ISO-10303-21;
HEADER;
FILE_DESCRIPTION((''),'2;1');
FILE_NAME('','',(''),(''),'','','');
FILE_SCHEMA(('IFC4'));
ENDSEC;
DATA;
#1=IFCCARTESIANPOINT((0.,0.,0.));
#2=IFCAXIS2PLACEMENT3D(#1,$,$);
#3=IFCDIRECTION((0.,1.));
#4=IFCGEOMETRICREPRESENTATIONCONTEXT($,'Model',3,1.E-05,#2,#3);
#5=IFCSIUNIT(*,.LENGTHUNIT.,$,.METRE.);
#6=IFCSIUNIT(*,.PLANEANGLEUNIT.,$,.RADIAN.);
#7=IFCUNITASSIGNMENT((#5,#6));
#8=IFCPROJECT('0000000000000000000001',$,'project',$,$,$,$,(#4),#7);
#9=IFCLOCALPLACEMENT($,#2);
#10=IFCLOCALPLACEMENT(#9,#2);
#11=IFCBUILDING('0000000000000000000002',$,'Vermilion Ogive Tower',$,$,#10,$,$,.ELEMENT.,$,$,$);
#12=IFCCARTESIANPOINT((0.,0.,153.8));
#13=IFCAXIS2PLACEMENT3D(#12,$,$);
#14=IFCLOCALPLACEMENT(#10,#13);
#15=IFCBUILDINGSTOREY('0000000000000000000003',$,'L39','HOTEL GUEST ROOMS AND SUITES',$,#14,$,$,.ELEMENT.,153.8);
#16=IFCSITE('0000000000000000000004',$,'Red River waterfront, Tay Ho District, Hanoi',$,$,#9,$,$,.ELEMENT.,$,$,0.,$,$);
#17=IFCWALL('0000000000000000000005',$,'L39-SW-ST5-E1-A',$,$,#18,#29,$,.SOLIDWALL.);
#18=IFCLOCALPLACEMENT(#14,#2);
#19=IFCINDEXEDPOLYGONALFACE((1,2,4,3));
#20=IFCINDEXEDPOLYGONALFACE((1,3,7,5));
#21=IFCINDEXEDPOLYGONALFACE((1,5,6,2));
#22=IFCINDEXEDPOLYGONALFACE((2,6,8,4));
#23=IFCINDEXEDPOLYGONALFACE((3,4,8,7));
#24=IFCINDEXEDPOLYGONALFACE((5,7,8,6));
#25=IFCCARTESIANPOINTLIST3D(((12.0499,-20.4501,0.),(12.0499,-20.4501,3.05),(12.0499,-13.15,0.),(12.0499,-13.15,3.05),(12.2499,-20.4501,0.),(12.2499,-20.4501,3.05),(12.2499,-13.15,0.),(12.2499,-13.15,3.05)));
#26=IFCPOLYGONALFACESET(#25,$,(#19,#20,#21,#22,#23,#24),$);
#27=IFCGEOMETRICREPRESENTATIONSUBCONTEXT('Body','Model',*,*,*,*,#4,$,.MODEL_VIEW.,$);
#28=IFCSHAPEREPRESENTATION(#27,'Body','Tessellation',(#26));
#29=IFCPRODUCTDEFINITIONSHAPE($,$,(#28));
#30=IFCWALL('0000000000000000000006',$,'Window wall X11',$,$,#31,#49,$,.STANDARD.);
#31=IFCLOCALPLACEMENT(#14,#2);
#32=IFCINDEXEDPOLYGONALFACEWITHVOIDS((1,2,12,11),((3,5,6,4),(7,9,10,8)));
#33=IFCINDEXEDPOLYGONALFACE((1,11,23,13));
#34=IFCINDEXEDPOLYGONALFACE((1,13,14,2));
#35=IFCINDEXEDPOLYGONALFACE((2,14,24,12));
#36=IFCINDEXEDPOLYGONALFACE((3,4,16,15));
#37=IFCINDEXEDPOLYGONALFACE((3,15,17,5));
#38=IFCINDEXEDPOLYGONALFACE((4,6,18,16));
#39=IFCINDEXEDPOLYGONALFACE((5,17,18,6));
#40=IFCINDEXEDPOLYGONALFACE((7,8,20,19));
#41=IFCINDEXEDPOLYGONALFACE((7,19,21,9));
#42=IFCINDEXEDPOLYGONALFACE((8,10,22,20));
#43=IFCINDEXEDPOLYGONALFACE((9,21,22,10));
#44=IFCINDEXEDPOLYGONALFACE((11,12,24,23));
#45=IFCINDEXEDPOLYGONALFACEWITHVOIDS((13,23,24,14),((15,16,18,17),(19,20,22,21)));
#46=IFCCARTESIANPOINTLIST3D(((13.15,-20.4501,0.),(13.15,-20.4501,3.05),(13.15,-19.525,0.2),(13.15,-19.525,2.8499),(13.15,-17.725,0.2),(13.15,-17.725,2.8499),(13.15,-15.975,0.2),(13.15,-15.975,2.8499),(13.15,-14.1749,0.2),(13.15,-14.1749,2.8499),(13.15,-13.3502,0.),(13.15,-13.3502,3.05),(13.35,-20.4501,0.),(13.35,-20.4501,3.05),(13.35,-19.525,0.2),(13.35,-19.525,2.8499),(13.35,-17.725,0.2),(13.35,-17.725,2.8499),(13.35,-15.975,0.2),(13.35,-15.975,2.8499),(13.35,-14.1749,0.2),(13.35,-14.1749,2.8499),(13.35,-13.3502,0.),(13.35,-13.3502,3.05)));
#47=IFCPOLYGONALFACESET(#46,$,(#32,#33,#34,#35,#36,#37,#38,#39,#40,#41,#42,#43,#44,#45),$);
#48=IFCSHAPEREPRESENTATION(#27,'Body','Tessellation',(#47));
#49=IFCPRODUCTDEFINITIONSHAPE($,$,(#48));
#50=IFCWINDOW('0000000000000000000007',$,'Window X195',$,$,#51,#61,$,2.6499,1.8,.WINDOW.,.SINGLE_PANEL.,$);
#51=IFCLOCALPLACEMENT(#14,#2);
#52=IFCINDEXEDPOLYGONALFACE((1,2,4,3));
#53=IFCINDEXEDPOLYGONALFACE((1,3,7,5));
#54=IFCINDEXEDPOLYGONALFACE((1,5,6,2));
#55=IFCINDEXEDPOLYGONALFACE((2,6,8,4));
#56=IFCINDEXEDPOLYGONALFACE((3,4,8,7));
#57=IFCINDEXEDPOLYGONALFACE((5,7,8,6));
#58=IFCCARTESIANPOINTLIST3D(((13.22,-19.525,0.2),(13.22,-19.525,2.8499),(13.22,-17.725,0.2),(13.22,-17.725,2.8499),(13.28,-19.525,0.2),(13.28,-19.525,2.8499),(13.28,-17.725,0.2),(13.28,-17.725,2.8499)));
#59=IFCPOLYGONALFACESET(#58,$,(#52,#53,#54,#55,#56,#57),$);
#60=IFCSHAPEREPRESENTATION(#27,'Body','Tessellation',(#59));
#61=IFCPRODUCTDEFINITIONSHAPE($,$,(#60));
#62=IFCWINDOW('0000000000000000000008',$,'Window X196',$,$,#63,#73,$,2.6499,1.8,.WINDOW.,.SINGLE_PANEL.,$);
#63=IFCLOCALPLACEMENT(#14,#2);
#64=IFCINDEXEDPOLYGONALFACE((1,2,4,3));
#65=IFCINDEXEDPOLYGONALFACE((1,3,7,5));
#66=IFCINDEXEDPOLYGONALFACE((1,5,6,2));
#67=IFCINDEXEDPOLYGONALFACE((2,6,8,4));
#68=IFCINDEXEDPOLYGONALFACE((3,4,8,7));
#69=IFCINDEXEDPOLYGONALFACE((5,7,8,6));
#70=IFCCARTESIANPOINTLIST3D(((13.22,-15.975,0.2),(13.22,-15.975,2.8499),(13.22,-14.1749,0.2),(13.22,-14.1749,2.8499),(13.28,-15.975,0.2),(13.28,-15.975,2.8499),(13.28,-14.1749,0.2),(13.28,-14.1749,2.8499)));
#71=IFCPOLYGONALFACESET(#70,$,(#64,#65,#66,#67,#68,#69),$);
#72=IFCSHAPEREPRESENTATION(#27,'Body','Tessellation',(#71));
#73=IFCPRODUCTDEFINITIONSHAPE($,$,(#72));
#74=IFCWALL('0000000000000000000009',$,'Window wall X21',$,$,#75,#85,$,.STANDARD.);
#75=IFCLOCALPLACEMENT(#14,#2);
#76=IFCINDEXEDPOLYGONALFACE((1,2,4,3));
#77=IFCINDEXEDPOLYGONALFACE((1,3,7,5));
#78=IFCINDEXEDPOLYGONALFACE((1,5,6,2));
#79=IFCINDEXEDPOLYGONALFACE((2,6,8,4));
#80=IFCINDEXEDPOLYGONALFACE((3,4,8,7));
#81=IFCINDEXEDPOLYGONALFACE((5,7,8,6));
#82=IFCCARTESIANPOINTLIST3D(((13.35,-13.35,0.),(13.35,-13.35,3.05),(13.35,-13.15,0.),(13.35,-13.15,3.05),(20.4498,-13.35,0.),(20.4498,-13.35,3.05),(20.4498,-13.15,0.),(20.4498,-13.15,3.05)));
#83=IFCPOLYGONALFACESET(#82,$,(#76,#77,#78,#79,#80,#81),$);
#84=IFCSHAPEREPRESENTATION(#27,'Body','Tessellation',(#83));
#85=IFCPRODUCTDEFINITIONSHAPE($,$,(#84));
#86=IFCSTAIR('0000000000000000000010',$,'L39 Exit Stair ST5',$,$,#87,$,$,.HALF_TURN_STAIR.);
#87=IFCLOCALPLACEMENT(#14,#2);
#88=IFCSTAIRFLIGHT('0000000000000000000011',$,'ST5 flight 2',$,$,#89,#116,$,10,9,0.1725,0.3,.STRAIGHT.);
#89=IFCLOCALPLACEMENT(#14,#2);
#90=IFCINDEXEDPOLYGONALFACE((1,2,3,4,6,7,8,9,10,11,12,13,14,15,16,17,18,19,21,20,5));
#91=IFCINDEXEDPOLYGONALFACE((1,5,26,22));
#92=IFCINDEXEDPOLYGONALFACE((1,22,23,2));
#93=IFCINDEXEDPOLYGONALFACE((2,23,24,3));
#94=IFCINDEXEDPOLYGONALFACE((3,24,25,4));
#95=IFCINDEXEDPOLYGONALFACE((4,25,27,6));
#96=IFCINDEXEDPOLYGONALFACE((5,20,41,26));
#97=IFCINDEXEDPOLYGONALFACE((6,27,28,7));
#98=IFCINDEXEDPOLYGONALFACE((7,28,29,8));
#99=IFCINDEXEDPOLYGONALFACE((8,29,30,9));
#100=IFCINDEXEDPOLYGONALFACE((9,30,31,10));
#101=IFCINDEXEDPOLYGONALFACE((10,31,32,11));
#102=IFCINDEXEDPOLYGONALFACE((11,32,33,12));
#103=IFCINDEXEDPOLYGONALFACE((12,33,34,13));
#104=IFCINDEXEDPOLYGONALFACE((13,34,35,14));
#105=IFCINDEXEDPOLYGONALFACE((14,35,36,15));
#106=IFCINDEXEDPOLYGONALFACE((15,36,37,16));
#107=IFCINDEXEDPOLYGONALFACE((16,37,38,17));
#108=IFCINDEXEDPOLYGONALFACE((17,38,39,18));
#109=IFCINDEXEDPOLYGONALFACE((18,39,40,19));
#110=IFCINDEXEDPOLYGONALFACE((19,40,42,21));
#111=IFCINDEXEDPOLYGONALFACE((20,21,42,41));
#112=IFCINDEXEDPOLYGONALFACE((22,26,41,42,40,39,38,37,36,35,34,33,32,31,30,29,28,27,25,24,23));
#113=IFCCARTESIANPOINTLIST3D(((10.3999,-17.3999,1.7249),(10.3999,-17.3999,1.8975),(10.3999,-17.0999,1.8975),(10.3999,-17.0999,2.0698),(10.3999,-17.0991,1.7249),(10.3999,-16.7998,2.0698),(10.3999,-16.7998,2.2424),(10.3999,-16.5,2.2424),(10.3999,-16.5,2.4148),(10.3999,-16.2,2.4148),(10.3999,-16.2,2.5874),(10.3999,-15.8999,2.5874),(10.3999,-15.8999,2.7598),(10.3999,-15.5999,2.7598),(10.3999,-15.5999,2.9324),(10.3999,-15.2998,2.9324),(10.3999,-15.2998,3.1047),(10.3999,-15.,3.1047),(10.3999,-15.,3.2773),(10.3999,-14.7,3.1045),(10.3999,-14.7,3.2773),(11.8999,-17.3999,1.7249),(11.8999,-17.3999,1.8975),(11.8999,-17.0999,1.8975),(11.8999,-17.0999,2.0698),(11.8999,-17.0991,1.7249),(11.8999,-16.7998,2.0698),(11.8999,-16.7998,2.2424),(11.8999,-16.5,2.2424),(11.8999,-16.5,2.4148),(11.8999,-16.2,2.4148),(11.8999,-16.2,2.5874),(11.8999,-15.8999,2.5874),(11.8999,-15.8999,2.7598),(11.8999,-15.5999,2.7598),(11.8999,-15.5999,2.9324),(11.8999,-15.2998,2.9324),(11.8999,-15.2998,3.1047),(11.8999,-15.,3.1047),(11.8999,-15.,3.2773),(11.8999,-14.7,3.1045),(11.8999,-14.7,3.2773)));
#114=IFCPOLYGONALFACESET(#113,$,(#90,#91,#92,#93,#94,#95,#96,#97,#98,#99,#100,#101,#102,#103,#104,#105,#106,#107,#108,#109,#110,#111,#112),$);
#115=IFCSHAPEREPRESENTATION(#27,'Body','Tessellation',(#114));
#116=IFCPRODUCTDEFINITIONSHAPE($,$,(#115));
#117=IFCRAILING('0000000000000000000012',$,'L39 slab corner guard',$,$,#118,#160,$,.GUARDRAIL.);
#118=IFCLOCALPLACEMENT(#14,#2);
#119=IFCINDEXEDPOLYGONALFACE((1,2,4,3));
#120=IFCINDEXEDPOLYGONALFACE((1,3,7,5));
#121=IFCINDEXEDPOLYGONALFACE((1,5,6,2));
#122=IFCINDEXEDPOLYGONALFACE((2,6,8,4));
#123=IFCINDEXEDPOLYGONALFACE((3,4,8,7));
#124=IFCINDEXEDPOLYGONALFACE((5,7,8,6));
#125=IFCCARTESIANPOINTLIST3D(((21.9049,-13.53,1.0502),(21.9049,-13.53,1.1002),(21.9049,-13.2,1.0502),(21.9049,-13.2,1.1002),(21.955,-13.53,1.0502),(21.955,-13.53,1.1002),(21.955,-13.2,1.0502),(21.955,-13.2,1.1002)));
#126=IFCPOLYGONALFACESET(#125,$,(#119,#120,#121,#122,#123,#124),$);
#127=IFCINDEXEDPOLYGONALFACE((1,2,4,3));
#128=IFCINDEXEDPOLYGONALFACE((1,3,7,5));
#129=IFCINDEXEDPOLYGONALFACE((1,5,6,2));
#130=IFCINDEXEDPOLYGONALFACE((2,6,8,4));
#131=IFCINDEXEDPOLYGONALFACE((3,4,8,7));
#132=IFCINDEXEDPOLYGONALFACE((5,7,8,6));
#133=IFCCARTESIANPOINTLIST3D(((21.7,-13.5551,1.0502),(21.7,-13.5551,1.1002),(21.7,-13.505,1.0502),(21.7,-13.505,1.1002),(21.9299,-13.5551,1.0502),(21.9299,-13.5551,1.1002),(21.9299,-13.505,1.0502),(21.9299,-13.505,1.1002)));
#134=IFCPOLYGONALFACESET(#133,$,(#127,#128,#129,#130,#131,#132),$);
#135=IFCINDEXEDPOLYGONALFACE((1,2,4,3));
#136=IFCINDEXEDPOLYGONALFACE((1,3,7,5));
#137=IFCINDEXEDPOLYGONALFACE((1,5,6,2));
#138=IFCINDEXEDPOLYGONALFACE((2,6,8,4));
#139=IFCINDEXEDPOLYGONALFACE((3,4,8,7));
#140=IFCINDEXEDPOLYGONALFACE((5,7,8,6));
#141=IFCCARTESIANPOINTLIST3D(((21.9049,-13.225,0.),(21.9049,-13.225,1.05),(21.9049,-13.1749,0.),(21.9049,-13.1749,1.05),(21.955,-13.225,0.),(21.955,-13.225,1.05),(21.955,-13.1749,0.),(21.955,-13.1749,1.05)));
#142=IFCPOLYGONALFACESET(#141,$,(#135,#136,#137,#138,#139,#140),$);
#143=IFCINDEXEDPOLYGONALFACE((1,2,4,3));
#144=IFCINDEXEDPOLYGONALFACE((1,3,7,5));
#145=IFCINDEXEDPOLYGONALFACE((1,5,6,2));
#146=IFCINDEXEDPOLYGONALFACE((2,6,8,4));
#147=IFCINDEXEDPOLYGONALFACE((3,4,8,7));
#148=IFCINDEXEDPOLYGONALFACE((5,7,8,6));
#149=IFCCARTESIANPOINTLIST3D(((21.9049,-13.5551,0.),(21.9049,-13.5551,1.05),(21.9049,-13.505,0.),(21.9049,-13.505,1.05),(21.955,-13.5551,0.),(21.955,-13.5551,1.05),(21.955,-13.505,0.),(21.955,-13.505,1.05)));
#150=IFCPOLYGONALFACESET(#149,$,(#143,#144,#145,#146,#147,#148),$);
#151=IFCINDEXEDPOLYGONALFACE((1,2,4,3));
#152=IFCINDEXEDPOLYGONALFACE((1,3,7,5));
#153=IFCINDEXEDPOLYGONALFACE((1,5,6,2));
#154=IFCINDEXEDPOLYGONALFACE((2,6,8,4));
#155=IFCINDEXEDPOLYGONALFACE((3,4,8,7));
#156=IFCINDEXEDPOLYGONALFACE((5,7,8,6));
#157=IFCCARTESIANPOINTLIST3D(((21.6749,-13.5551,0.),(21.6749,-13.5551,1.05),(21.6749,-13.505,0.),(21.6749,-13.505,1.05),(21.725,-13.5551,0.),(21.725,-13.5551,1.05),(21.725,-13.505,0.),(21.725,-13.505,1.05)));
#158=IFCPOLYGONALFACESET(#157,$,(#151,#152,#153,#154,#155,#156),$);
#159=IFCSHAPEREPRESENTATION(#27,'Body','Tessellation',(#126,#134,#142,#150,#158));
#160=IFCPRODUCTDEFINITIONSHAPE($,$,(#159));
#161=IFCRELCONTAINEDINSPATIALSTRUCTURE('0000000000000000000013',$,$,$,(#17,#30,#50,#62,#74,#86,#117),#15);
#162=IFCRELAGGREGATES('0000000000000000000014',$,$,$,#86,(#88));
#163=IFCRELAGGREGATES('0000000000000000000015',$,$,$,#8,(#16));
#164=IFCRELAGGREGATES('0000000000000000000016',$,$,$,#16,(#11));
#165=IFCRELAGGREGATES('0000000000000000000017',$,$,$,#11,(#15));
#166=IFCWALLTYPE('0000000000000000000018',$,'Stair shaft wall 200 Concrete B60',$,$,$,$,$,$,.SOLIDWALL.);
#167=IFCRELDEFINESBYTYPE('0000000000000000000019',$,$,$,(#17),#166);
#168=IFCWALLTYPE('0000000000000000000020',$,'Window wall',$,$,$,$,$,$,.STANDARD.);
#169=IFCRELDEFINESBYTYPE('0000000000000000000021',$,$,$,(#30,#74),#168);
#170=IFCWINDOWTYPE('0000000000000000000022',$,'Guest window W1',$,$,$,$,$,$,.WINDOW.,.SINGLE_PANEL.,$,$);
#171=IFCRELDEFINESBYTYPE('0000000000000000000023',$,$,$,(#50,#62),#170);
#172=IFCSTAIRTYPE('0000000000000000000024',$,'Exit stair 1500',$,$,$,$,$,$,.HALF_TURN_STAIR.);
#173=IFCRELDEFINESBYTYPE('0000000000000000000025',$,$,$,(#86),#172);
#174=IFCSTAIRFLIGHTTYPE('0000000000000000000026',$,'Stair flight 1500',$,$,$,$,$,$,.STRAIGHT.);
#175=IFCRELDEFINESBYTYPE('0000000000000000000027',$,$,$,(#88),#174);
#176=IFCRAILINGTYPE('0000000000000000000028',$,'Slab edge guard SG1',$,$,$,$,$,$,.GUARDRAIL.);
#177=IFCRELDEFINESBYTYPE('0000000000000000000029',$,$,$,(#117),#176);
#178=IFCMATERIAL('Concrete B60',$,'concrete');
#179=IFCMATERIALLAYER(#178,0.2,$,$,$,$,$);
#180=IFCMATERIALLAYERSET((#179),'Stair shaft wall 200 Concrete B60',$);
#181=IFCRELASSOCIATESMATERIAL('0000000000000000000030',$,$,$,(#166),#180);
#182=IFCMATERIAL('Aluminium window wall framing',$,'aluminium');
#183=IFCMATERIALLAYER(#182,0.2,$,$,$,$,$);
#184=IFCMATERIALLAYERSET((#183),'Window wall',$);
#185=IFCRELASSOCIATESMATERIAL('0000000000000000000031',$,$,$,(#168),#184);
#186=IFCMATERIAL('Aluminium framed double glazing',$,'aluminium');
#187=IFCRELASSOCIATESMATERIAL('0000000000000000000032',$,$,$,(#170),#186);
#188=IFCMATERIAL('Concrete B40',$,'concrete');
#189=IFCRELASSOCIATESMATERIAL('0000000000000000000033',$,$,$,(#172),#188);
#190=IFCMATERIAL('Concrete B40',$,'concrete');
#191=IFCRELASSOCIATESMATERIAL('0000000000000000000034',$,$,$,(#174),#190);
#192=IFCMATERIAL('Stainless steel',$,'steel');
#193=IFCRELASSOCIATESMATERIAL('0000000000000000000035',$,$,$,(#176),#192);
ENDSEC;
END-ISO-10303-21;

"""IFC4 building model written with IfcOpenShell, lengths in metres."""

from ifc_helpers import new_model, si_unit, direction, frame, frame_2d, origin, origin_2d, place, context, subcontext, project, spatial, polyline, rectangle, outline, extrude, material, layer, layer_set, type_object, element, fill, aggregate, save


model = new_model("IFC4")

# Units and contexts
model_context = context("Model", 3, precision=1e-05, world=origin(), true_north=direction((0.0, 1.0)))
body_context = subcontext(model_context, "Body", "Model", "MODEL_VIEW")
ifc_project = project(units=[si_unit("LENGTHUNIT", "METRE"), si_unit("PLANEANGLEUNIT", "RADIAN")], contexts=[model_context])

# Site, building, storey
site_placement = place(None, origin())
site = spatial("IfcSite", under=ifc_project, at=site_placement, Name="Red River waterfront, Tay Ho District, Hanoi", CompositionType="ELEMENT", RefElevation=0.0)
building_placement = place(site_placement, origin())
building = spatial("IfcBuilding", under=site, at=building_placement, Name="Vermilion Ogive Tower", CompositionType="ELEMENT")
storey_placement = place(building_placement, frame((0.0, 0.0, 153.8)))
storey = spatial("IfcBuildingStorey", under=building, at=storey_placement, Name="L39", Description="HOTEL GUEST ROOMS AND SUITES", CompositionType="ELEMENT", Elevation=153.8)

# Wall
ifc_material_1 = material(Name="Concrete B60", Category="concrete")
ifc_layer_1 = layer(ifc_material_1, 0.2)
ifc_layer_set_1 = layer_set([ifc_layer_1], Name="Stair shaft wall 200 Concrete B60")
wall_type_1 = type_object("IfcWallType", Name="Stair shaft wall 200 Concrete B60", PredefinedType="SOLIDWALL", material=ifc_layer_set_1)
wall_1_placement = place(storey_placement, frame((12.1499, -20.45, 0.0), z_axis=(0.0, 0.0, 1.0), x_axis=(0.0, 1.0, 0.0)))
element("IfcWall", 1, at=wall_1_placement, inside=storey, type_object=wall_type_1, Name="L39-SW-ST5-E1-A", PredefinedType="SOLIDWALL", context=body_context, shape_type="SweptSolid", body=[
    extrude(rectangle(XDim=7.3, YDim=0.2, at=frame_2d((3.6499, 0.0))), origin(), (0.0, 0.0, 1.0), 3.05),
])

# Wall, openings, windows
ifc_material_2 = material(Name="Aluminium window wall framing", Category="aluminium")
ifc_layer_2 = layer(ifc_material_2, 0.2)
ifc_layer_set_2 = layer_set([ifc_layer_2], Name="Window wall")
wall_type_2 = type_object("IfcWallType", Name="Window wall", PredefinedType="STANDARD", material=ifc_layer_set_2)
wall_2_placement = place(storey_placement, frame((13.25, -20.45, 0.0), z_axis=(0.0, 0.0, 1.0), x_axis=(0.0, 1.0, 0.0)))
wall_2 = element("IfcWall", 2, at=wall_2_placement, inside=storey, type_object=wall_type_2, Name="Window wall X11", PredefinedType="STANDARD", context=body_context, shape_type="SweptSolid", body=[
    extrude(rectangle(XDim=7.0999, YDim=0.2, at=frame_2d((3.5498, 0.0))), origin(), (0.0, 0.0, 1.0), 3.05),
])
opening_1_placement = place(wall_2_placement, frame((0.925, 0.0, 0.2)))
opening_1 = element("IfcOpeningElement", 3, at=opening_1_placement, cuts=wall_2, PredefinedType="OPENING", context=body_context, shape_type="SweptSolid", body=[
    extrude(rectangle(XDim=1.8, YDim=2.6499, at=frame_2d((0.8999, 1.325))), frame((0.0, 0.1099, 0.0), z_axis=(0.0, -1.0, 0.0), x_axis=(1.0, 0.0, 0.0)), (0.0, 0.0, 1.0), 0.22),
])
opening_2_placement = place(wall_2_placement, frame((4.4751, 0.0, 0.2)))
opening_2 = element("IfcOpeningElement", 4, at=opening_2_placement, cuts=wall_2, PredefinedType="OPENING", context=body_context, shape_type="SweptSolid", body=[
    extrude(rectangle(XDim=1.8, YDim=2.6499, at=frame_2d((0.8999, 1.325))), frame((0.0, 0.1099, 0.0), z_axis=(0.0, -1.0, 0.0), x_axis=(1.0, 0.0, 0.0)), (0.0, 0.0, 1.0), 0.22),
])
ifc_material_3 = material(Name="Aluminium framed double glazing", Category="aluminium")
window_type = type_object("IfcWindowType", Name="Guest window W1", PartitioningType="SINGLE_PANEL", PredefinedType="WINDOW", material=ifc_material_3)
window_1_placement = place(opening_1_placement, origin())
window_1 = element("IfcWindow", 5, at=window_1_placement, inside=storey, type_object=window_type, Name="Window X195", OverallHeight=2.6499, OverallWidth=1.8, PartitioningType="SINGLE_PANEL", PredefinedType="WINDOW", context=body_context, shape_type="SweptSolid", body=[
    extrude(rectangle(XDim=1.8, YDim=2.6499, at=frame_2d((0.8999, 1.325))), frame((0.0, 0.03, 0.0), z_axis=(0.0, -1.0, 0.0), x_axis=(1.0, 0.0, 0.0)), (0.0, 0.0, 1.0), 0.0601),
])
fill(opening_1, window_1)
window_2_placement = place(opening_2_placement, origin())
window_2 = element("IfcWindow", 6, at=window_2_placement, inside=storey, type_object=window_type, Name="Window X196", OverallHeight=2.6499, OverallWidth=1.8, PartitioningType="SINGLE_PANEL", PredefinedType="WINDOW", context=body_context, shape_type="SweptSolid", body=[
    extrude(rectangle(XDim=1.8, YDim=2.6499, at=frame_2d((0.8999, 1.325))), frame((0.0, 0.03, 0.0), z_axis=(0.0, -1.0, 0.0), x_axis=(1.0, 0.0, 0.0)), (0.0, 0.0, 1.0), 0.0601),
])
fill(opening_2, window_2)

# Wall
wall_3_placement = place(storey_placement, frame((13.3501, -13.25, 0.0), z_axis=(0.0, 0.0, 1.0), x_axis=(1.0, 0.0, 0.0)))
element("IfcWall", 7, at=wall_3_placement, inside=storey, type_object=wall_type_2, Name="Window wall X21", PredefinedType="STANDARD", context=body_context, shape_type="SweptSolid", body=[
    extrude(rectangle(XDim=7.0999, YDim=0.2, at=frame_2d((3.5498, 0.0))), origin(), (0.0, 0.0, 1.0), 3.05),
])

# Stair, stair flight
ifc_material_4 = material(Name="Concrete B40", Category="concrete")
stair_type = type_object("IfcStairType", Name="Exit stair 1500", PredefinedType="HALF_TURN_STAIR", material=ifc_material_4)
stair_placement = place(storey_placement, origin())
stair = element("IfcStair", 8, at=stair_placement, inside=storey, type_object=stair_type, Name="L39 Exit Stair ST5", PredefinedType="HALF_TURN_STAIR")
ifc_material_5 = material(Name="Concrete B40", Category="concrete")
stair_flight_type = type_object("IfcStairFlightType", Name="Stair flight 1500", PredefinedType="STRAIGHT", material=ifc_material_5)
stair_flight_placement = place(storey_placement, frame((11.1499, -17.3999, 1.7249), z_axis=(0.0, 0.0, 1.0), x_axis=(0.0, 1.0, 0.0)))
stair_flight = element("IfcStairFlight", 9, at=stair_flight_placement, type_object=stair_flight_type, Name="ST5 flight 2", NumberOfRisers=10, NumberOfTreads=9, PredefinedType="STRAIGHT", RiserHeight=0.1725, TreadLength=0.3, context=body_context, shape_type="SweptSolid", body=[
    extrude(outline(polyline([(0.0, 0.0), (0.0, 0.1726), (0.3, 0.1726), (0.3, 0.345), (0.6001, 0.345), (0.6001, 0.5176), (0.8999, 0.5176), (0.8999, 0.6899), (1.2, 0.6899), (1.2, 0.8625), (1.5, 0.8625), (1.5, 1.0349), (1.8, 1.0349), (1.8, 1.2075), (2.1001, 1.2075), (2.1001, 1.3799), (2.3999, 1.3799), (2.3999, 1.5525), (2.7, 1.5525), (2.7, 1.7251), (2.7, 1.3796), (0.3008, 0.0), (0.0, 0.0)])), frame((0.0, 0.75, 0.0), z_axis=(0.0, -1.0, 0.0), x_axis=(1.0, 0.0, 0.0)), (0.0, 0.0, 1.0), 1.5),
])
aggregate(stair, [stair_flight])

# Railing
ifc_material_6 = material(Name="Stainless steel", Category="steel")
railing_type_1 = type_object("IfcRailingType", Name="Slab edge guard SG1", PredefinedType="GUARDRAIL", material=ifc_material_6)
railing_1_placement = place(storey_placement, frame((21.9299, -13.2, 0.0)))
element("IfcRailing", 10, at=railing_1_placement, inside=storey, type_object=railing_type_1, Name="L39 slab corner guard", PredefinedType="GUARDRAIL", context=body_context, shape_type="SweptSolid", body=[
    extrude(rectangle(XDim=0.05, YDim=0.05, at=origin_2d()), frame((0.0, 0.0, 1.0752), z_axis=(0.0, -1.0, 0.0), x_axis=(1.0, 0.0, 0.0)), (0.0, 0.0, 1.0), 0.3301),
    extrude(rectangle(XDim=0.05, YDim=0.05, at=origin_2d()), frame((0.0, -0.3301, 1.0752), z_axis=(-1.0, 0.0, 0.0), x_axis=(0.0, -1.0, 0.0)), (0.0, 0.0, 1.0), 0.23),
    extrude(rectangle(XDim=0.05, YDim=0.05, at=origin_2d()), origin(), (0.0, 0.0, 1.0), 1.05),
    extrude(rectangle(XDim=0.05, YDim=0.05, at=origin_2d()), frame((0.0, -0.3301, 0.0)), (0.0, 0.0, 1.0), 1.05),
    extrude(rectangle(XDim=0.05, YDim=0.05, at=origin_2d()), frame((-0.23, -0.3301, 0.0)), (0.0, 0.0, 1.0), 1.05),
])

save(model, "model.ifc")
